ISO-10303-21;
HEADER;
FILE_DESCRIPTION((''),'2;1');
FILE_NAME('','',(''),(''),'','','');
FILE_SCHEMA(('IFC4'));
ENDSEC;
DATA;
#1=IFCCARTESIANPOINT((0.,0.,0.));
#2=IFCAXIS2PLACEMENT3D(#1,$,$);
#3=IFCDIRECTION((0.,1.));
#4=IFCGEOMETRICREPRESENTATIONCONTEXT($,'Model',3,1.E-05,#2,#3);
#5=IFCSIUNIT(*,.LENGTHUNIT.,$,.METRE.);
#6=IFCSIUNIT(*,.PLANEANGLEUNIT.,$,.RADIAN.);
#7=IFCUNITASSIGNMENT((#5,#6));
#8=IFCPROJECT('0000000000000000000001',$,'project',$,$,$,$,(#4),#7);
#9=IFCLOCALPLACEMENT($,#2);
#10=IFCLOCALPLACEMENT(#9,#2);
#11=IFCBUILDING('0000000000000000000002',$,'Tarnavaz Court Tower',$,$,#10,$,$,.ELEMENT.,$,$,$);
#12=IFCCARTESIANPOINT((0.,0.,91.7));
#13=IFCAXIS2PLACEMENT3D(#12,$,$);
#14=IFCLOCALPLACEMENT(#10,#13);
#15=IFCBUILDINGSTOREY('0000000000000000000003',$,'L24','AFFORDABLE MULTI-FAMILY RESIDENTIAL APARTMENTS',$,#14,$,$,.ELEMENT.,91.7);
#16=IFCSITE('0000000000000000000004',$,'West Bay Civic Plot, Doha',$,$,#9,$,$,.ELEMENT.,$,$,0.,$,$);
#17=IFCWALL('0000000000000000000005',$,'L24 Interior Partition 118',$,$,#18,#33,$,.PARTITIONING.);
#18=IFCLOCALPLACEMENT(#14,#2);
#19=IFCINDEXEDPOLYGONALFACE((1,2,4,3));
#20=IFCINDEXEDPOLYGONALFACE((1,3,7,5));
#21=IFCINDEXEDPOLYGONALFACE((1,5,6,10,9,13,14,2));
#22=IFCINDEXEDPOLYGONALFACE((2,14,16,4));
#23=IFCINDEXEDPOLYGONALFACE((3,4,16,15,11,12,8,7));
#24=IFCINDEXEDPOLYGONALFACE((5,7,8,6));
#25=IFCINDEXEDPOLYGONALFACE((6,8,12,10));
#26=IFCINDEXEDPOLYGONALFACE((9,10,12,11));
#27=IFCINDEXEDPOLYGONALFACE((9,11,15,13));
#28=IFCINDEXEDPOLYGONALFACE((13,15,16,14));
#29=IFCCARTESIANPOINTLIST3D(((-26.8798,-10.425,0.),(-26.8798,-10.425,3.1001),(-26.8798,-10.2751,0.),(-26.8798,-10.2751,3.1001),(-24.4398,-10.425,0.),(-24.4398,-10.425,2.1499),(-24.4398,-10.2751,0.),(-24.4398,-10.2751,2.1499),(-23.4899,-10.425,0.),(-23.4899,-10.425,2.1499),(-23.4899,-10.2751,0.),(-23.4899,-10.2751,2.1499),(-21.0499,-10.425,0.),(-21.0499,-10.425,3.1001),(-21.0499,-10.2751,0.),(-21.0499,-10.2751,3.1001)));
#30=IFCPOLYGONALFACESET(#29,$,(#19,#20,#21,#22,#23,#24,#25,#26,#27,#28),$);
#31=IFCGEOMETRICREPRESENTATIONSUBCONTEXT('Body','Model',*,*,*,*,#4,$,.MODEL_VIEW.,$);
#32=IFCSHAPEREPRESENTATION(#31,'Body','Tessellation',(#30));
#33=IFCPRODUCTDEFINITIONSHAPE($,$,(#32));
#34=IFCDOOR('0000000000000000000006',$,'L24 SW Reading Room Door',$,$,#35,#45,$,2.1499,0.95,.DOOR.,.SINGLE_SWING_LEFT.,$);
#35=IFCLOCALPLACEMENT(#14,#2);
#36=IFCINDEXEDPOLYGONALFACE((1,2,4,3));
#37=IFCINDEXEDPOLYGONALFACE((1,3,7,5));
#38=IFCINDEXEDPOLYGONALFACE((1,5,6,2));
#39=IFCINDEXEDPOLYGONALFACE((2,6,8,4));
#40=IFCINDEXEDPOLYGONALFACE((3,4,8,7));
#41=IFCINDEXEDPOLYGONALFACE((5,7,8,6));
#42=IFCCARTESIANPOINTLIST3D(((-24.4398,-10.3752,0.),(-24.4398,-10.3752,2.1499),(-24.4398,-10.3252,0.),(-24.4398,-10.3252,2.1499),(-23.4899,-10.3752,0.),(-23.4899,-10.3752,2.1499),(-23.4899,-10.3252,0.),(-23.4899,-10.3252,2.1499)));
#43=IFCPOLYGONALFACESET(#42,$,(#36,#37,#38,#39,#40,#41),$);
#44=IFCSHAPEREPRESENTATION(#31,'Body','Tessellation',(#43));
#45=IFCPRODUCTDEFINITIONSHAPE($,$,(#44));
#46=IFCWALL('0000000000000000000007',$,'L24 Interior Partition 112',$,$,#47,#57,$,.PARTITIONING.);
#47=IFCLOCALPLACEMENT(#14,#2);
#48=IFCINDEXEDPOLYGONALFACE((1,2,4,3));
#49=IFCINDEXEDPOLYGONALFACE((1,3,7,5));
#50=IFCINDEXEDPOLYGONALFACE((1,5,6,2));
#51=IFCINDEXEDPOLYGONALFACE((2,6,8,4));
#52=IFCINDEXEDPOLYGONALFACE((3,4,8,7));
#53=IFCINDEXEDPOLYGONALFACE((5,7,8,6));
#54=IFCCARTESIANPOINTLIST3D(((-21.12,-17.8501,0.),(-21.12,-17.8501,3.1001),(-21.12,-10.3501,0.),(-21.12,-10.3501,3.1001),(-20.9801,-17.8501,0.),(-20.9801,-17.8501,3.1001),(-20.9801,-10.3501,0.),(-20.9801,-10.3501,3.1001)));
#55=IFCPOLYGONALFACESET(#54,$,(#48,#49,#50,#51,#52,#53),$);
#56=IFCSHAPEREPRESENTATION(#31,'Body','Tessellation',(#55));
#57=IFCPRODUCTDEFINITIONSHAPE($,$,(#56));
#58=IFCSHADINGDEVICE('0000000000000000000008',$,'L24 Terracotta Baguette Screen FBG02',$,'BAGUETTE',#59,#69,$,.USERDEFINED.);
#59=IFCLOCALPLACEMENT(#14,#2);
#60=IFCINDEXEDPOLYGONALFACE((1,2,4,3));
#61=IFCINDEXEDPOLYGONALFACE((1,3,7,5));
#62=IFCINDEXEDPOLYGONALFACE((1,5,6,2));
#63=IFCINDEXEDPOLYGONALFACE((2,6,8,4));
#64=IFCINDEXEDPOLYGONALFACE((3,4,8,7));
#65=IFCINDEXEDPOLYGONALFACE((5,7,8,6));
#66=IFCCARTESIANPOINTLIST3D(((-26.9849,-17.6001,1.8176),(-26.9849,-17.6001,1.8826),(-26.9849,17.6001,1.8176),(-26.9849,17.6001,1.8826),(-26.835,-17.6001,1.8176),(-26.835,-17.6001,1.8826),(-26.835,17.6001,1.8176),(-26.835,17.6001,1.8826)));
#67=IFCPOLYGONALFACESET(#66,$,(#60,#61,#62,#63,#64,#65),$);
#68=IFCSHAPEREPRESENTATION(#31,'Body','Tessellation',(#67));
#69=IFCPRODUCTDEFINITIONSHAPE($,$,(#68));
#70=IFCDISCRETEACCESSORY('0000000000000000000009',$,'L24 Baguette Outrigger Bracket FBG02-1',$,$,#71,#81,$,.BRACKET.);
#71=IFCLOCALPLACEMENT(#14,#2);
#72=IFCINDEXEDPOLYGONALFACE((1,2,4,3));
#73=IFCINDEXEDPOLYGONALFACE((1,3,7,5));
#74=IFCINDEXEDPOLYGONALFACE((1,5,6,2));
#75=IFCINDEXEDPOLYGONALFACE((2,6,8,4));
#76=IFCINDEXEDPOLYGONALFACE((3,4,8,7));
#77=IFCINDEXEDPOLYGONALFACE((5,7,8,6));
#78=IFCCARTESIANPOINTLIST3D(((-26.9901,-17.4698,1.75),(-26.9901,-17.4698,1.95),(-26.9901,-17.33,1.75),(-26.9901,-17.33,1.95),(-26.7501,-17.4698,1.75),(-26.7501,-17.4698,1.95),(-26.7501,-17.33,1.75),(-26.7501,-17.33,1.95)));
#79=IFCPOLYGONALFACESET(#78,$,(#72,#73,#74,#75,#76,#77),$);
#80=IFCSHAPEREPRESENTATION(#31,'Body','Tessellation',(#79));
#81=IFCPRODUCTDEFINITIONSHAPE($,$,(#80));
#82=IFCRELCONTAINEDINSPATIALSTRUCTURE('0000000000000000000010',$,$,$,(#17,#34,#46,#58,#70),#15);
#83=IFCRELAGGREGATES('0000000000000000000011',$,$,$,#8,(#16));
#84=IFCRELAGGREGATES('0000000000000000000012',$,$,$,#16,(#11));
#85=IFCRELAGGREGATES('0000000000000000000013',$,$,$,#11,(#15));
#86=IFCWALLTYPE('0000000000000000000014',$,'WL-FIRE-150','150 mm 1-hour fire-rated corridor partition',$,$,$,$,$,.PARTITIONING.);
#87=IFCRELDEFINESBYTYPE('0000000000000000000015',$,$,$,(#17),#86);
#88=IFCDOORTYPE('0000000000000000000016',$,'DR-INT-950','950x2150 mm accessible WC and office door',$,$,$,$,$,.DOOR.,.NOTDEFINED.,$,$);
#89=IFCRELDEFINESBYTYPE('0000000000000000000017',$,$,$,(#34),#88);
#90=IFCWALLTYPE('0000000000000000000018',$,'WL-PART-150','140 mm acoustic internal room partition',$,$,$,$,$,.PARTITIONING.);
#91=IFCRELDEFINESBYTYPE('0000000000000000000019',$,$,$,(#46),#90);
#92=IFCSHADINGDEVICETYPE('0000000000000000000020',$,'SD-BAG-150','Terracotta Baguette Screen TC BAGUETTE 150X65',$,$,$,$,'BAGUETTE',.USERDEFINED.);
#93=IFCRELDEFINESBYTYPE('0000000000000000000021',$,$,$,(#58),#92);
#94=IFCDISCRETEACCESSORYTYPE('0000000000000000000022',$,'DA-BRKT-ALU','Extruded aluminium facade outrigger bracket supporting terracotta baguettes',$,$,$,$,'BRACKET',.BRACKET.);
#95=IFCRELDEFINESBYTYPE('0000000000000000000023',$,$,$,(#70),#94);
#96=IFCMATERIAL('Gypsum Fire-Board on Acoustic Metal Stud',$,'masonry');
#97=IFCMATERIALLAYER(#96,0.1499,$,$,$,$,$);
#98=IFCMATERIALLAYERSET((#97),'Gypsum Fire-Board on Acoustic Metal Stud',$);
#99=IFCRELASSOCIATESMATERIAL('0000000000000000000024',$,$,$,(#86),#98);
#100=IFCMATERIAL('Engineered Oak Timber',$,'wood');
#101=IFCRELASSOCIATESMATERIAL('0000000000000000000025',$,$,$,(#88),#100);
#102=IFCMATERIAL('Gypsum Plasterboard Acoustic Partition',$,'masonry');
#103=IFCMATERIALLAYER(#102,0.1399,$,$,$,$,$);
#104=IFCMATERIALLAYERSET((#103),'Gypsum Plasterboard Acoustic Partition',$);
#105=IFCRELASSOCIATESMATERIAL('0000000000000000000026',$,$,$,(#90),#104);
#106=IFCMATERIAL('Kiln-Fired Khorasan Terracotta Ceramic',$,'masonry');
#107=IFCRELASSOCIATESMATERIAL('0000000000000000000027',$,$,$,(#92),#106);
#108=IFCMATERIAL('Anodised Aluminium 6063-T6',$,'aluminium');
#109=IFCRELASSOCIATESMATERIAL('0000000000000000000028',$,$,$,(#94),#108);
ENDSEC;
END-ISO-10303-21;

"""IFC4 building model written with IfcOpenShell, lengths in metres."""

from ifc_helpers import new_model, si_unit, direction, frame, frame_2d, origin, origin_2d, place, context, subcontext, project, spatial, rectangle, extrude, material, layer, layer_set, material_profile, profile_set, type_object, element, fill, save


model = new_model("IFC4")

# Units and contexts
model_context = context("Model", 3, precision=1e-05, world=origin(), true_north=direction((0.0, 1.0)))
body_context = subcontext(model_context, "Body", "Model", "MODEL_VIEW")
ifc_project = project(units=[si_unit("LENGTHUNIT", "METRE"), si_unit("PLANEANGLEUNIT", "RADIAN")], contexts=[model_context])

# Site, building, storey
site_placement = place(None, origin())
site = spatial("IfcSite", under=ifc_project, at=site_placement, Name="West Bay Civic Plot, Doha", CompositionType="ELEMENT", RefElevation=0.0)
building_placement = place(site_placement, origin())
building = spatial("IfcBuilding", under=site, at=building_placement, Name="Tarnavaz Court Tower", CompositionType="ELEMENT")
storey_placement = place(building_placement, frame((0.0, 0.0, 91.7)))
storey = spatial("IfcBuildingStorey", under=building, at=storey_placement, Name="L24", Description="AFFORDABLE MULTI-FAMILY RESIDENTIAL APARTMENTS", CompositionType="ELEMENT", Elevation=91.7)

# Shared definitions
ifc_material_1 = material(Name="Gypsum Fire-Board on Acoustic Metal Stud", Category="masonry")
ifc_layer_1 = layer(ifc_material_1, 0.1499)
ifc_layer_set_1 = layer_set([ifc_layer_1], Name="Gypsum Fire-Board on Acoustic Metal Stud")
wall_type_1 = type_object("IfcWallType", Name="WL-FIRE-150", Description="150 mm 1-hour fire-rated corridor partition", PredefinedType="PARTITIONING", material=ifc_layer_set_1)
ifc_material_2 = material(Name="Engineered Oak Timber", Category="wood")
door_type_1 = type_object("IfcDoorType", Name="DR-INT-950", Description="950x2150 mm accessible WC and office door", OperationType="NOTDEFINED", PredefinedType="DOOR", material=ifc_material_2)

# Wall, opening, door
wall_1_placement = place(storey_placement, frame((-26.8799, -10.3501, 0.0), z_axis=(0.0, 0.0, 1.0), x_axis=(1.0, 0.0, 0.0)))
wall_1 = element("IfcWall", 1, at=wall_1_placement, inside=storey, type_object=wall_type_1, Name="L24 Interior Partition 118", PredefinedType="PARTITIONING", context=body_context, shape_type="SweptSolid", body=[
    extrude(rectangle(XDim=5.8298, YDim=0.1499, at=frame_2d((2.915, 0.0))), origin(), (0.0, 0.0, 1.0), 3.1001),
])
opening_1_placement = place(wall_1_placement, frame((2.4399, 0.0, 0.0)))
opening_1 = element("IfcOpeningElement", 2, at=opening_1_placement, cuts=wall_1, PredefinedType="OPENING", context=body_context, shape_type="SweptSolid", body=[
    extrude(rectangle(XDim=0.95, YDim=2.1499, at=frame_2d((0.4751, 1.075))), frame((0.0, 0.085, 0.0), z_axis=(0.0, -1.0, 0.0), x_axis=(1.0, 0.0, 0.0)), (0.0, 0.0, 1.0), 0.1699),
])
door_1_placement = place(opening_1_placement, origin())
door_1 = element("IfcDoor", 3, at=door_1_placement, inside=storey, type_object=door_type_1, Name="L24 SW Reading Room Door", OperationType="SINGLE_SWING_LEFT", OverallHeight=2.1499, OverallWidth=0.95, PredefinedType="DOOR", context=body_context, shape_type="SweptSolid", body=[
    extrude(rectangle(XDim=0.95, YDim=2.1499, at=frame_2d((0.4751, 1.075))), frame((0.0, 0.0249, 0.0), z_axis=(0.0, -1.0, 0.0), x_axis=(1.0, 0.0, 0.0)), (0.0, 0.0, 1.0), 0.05),
])
fill(opening_1, door_1)

# Wall
ifc_material_3 = material(Name="Gypsum Plasterboard Acoustic Partition", Category="masonry")
ifc_layer_2 = layer(ifc_material_3, 0.1399)
ifc_layer_set_2 = layer_set([ifc_layer_2], Name="Gypsum Plasterboard Acoustic Partition")
wall_type_2 = type_object("IfcWallType", Name="WL-PART-150", Description="140 mm acoustic internal room partition", PredefinedType="PARTITIONING", material=ifc_layer_set_2)
wall_2_placement = place(storey_placement, frame((-21.05, -17.8501, 0.0), z_axis=(0.0, 0.0, 1.0), x_axis=(0.0, 1.0, 0.0)))
element("IfcWall", 4, at=wall_2_placement, inside=storey, type_object=wall_type_2, Name="L24 Interior Partition 112", PredefinedType="PARTITIONING", context=body_context, shape_type="SweptSolid", body=[
    extrude(rectangle(XDim=7.5, YDim=0.1399, at=frame_2d((3.75, 0.0))), origin(), (0.0, 0.0, 1.0), 3.1001),
])

# Shading device
ifc_material_4 = material(Name="Kiln-Fired Khorasan Terracotta Ceramic", Category="masonry")
ifc_material_profile_1 = material_profile(ifc_material_4, rectangle(XDim=0.1499, YDim=0.0649, at=origin_2d()), Name="TC BAGUETTE 150X65")
ifc_profile_set_1 = profile_set([ifc_material_profile_1], Name="Kiln-Fired Khorasan Terracotta Ceramic")
shading_device_type = type_object("IfcShadingDeviceType", Name="SD-BAG-150", Description="Terracotta Baguette Screen TC BAGUETTE 150X65", ElementType="BAGUETTE", PredefinedType="USERDEFINED", material=ifc_profile_set_1)
shading_device_placement = place(storey_placement, frame((-26.9099, -17.6001, 1.8501), z_axis=(0.0, 1.0, 0.0), x_axis=(-1.0, 0.0, 0.0)))
element("IfcShadingDevice", 5, at=shading_device_placement, inside=storey, type_object=shading_device_type, Name="L24 Terracotta Baguette Screen FBG02", ObjectType="BAGUETTE", PredefinedType="USERDEFINED", context=body_context, shape_type="SweptSolid", body=[
    extrude(rectangle(XDim=0.1499, YDim=0.0649, at=origin_2d()), origin(), (0.0, 0.0, 1.0), 35.2002),
])

# Discrete accessory
ifc_material_5 = material(Name="Anodised Aluminium 6063-T6", Category="aluminium")
discrete_accessory_type = type_object("IfcDiscreteAccessoryType", Name="DA-BRKT-ALU", Description="Extruded aluminium facade outrigger bracket supporting terracotta baguettes", ElementType="BRACKET", PredefinedType="BRACKET", material=ifc_material_5)
discrete_accessory_placement = place(storey_placement, frame((-26.8701, -17.3999, 1.75), z_axis=(0.0, 0.0, 1.0), x_axis=(0.0, 1.0, 0.0)))
element("IfcDiscreteAccessory", 6, at=discrete_accessory_placement, inside=storey, type_object=discrete_accessory_type, Name="L24 Baguette Outrigger Bracket FBG02-1", PredefinedType="BRACKET", context=body_context, shape_type="SweptSolid", body=[
    extrude(rectangle(XDim=0.1399, YDim=0.24, at=origin_2d()), origin(), (0.0, 0.0, 1.0), 0.2),
])

save(model, "model.ifc")
